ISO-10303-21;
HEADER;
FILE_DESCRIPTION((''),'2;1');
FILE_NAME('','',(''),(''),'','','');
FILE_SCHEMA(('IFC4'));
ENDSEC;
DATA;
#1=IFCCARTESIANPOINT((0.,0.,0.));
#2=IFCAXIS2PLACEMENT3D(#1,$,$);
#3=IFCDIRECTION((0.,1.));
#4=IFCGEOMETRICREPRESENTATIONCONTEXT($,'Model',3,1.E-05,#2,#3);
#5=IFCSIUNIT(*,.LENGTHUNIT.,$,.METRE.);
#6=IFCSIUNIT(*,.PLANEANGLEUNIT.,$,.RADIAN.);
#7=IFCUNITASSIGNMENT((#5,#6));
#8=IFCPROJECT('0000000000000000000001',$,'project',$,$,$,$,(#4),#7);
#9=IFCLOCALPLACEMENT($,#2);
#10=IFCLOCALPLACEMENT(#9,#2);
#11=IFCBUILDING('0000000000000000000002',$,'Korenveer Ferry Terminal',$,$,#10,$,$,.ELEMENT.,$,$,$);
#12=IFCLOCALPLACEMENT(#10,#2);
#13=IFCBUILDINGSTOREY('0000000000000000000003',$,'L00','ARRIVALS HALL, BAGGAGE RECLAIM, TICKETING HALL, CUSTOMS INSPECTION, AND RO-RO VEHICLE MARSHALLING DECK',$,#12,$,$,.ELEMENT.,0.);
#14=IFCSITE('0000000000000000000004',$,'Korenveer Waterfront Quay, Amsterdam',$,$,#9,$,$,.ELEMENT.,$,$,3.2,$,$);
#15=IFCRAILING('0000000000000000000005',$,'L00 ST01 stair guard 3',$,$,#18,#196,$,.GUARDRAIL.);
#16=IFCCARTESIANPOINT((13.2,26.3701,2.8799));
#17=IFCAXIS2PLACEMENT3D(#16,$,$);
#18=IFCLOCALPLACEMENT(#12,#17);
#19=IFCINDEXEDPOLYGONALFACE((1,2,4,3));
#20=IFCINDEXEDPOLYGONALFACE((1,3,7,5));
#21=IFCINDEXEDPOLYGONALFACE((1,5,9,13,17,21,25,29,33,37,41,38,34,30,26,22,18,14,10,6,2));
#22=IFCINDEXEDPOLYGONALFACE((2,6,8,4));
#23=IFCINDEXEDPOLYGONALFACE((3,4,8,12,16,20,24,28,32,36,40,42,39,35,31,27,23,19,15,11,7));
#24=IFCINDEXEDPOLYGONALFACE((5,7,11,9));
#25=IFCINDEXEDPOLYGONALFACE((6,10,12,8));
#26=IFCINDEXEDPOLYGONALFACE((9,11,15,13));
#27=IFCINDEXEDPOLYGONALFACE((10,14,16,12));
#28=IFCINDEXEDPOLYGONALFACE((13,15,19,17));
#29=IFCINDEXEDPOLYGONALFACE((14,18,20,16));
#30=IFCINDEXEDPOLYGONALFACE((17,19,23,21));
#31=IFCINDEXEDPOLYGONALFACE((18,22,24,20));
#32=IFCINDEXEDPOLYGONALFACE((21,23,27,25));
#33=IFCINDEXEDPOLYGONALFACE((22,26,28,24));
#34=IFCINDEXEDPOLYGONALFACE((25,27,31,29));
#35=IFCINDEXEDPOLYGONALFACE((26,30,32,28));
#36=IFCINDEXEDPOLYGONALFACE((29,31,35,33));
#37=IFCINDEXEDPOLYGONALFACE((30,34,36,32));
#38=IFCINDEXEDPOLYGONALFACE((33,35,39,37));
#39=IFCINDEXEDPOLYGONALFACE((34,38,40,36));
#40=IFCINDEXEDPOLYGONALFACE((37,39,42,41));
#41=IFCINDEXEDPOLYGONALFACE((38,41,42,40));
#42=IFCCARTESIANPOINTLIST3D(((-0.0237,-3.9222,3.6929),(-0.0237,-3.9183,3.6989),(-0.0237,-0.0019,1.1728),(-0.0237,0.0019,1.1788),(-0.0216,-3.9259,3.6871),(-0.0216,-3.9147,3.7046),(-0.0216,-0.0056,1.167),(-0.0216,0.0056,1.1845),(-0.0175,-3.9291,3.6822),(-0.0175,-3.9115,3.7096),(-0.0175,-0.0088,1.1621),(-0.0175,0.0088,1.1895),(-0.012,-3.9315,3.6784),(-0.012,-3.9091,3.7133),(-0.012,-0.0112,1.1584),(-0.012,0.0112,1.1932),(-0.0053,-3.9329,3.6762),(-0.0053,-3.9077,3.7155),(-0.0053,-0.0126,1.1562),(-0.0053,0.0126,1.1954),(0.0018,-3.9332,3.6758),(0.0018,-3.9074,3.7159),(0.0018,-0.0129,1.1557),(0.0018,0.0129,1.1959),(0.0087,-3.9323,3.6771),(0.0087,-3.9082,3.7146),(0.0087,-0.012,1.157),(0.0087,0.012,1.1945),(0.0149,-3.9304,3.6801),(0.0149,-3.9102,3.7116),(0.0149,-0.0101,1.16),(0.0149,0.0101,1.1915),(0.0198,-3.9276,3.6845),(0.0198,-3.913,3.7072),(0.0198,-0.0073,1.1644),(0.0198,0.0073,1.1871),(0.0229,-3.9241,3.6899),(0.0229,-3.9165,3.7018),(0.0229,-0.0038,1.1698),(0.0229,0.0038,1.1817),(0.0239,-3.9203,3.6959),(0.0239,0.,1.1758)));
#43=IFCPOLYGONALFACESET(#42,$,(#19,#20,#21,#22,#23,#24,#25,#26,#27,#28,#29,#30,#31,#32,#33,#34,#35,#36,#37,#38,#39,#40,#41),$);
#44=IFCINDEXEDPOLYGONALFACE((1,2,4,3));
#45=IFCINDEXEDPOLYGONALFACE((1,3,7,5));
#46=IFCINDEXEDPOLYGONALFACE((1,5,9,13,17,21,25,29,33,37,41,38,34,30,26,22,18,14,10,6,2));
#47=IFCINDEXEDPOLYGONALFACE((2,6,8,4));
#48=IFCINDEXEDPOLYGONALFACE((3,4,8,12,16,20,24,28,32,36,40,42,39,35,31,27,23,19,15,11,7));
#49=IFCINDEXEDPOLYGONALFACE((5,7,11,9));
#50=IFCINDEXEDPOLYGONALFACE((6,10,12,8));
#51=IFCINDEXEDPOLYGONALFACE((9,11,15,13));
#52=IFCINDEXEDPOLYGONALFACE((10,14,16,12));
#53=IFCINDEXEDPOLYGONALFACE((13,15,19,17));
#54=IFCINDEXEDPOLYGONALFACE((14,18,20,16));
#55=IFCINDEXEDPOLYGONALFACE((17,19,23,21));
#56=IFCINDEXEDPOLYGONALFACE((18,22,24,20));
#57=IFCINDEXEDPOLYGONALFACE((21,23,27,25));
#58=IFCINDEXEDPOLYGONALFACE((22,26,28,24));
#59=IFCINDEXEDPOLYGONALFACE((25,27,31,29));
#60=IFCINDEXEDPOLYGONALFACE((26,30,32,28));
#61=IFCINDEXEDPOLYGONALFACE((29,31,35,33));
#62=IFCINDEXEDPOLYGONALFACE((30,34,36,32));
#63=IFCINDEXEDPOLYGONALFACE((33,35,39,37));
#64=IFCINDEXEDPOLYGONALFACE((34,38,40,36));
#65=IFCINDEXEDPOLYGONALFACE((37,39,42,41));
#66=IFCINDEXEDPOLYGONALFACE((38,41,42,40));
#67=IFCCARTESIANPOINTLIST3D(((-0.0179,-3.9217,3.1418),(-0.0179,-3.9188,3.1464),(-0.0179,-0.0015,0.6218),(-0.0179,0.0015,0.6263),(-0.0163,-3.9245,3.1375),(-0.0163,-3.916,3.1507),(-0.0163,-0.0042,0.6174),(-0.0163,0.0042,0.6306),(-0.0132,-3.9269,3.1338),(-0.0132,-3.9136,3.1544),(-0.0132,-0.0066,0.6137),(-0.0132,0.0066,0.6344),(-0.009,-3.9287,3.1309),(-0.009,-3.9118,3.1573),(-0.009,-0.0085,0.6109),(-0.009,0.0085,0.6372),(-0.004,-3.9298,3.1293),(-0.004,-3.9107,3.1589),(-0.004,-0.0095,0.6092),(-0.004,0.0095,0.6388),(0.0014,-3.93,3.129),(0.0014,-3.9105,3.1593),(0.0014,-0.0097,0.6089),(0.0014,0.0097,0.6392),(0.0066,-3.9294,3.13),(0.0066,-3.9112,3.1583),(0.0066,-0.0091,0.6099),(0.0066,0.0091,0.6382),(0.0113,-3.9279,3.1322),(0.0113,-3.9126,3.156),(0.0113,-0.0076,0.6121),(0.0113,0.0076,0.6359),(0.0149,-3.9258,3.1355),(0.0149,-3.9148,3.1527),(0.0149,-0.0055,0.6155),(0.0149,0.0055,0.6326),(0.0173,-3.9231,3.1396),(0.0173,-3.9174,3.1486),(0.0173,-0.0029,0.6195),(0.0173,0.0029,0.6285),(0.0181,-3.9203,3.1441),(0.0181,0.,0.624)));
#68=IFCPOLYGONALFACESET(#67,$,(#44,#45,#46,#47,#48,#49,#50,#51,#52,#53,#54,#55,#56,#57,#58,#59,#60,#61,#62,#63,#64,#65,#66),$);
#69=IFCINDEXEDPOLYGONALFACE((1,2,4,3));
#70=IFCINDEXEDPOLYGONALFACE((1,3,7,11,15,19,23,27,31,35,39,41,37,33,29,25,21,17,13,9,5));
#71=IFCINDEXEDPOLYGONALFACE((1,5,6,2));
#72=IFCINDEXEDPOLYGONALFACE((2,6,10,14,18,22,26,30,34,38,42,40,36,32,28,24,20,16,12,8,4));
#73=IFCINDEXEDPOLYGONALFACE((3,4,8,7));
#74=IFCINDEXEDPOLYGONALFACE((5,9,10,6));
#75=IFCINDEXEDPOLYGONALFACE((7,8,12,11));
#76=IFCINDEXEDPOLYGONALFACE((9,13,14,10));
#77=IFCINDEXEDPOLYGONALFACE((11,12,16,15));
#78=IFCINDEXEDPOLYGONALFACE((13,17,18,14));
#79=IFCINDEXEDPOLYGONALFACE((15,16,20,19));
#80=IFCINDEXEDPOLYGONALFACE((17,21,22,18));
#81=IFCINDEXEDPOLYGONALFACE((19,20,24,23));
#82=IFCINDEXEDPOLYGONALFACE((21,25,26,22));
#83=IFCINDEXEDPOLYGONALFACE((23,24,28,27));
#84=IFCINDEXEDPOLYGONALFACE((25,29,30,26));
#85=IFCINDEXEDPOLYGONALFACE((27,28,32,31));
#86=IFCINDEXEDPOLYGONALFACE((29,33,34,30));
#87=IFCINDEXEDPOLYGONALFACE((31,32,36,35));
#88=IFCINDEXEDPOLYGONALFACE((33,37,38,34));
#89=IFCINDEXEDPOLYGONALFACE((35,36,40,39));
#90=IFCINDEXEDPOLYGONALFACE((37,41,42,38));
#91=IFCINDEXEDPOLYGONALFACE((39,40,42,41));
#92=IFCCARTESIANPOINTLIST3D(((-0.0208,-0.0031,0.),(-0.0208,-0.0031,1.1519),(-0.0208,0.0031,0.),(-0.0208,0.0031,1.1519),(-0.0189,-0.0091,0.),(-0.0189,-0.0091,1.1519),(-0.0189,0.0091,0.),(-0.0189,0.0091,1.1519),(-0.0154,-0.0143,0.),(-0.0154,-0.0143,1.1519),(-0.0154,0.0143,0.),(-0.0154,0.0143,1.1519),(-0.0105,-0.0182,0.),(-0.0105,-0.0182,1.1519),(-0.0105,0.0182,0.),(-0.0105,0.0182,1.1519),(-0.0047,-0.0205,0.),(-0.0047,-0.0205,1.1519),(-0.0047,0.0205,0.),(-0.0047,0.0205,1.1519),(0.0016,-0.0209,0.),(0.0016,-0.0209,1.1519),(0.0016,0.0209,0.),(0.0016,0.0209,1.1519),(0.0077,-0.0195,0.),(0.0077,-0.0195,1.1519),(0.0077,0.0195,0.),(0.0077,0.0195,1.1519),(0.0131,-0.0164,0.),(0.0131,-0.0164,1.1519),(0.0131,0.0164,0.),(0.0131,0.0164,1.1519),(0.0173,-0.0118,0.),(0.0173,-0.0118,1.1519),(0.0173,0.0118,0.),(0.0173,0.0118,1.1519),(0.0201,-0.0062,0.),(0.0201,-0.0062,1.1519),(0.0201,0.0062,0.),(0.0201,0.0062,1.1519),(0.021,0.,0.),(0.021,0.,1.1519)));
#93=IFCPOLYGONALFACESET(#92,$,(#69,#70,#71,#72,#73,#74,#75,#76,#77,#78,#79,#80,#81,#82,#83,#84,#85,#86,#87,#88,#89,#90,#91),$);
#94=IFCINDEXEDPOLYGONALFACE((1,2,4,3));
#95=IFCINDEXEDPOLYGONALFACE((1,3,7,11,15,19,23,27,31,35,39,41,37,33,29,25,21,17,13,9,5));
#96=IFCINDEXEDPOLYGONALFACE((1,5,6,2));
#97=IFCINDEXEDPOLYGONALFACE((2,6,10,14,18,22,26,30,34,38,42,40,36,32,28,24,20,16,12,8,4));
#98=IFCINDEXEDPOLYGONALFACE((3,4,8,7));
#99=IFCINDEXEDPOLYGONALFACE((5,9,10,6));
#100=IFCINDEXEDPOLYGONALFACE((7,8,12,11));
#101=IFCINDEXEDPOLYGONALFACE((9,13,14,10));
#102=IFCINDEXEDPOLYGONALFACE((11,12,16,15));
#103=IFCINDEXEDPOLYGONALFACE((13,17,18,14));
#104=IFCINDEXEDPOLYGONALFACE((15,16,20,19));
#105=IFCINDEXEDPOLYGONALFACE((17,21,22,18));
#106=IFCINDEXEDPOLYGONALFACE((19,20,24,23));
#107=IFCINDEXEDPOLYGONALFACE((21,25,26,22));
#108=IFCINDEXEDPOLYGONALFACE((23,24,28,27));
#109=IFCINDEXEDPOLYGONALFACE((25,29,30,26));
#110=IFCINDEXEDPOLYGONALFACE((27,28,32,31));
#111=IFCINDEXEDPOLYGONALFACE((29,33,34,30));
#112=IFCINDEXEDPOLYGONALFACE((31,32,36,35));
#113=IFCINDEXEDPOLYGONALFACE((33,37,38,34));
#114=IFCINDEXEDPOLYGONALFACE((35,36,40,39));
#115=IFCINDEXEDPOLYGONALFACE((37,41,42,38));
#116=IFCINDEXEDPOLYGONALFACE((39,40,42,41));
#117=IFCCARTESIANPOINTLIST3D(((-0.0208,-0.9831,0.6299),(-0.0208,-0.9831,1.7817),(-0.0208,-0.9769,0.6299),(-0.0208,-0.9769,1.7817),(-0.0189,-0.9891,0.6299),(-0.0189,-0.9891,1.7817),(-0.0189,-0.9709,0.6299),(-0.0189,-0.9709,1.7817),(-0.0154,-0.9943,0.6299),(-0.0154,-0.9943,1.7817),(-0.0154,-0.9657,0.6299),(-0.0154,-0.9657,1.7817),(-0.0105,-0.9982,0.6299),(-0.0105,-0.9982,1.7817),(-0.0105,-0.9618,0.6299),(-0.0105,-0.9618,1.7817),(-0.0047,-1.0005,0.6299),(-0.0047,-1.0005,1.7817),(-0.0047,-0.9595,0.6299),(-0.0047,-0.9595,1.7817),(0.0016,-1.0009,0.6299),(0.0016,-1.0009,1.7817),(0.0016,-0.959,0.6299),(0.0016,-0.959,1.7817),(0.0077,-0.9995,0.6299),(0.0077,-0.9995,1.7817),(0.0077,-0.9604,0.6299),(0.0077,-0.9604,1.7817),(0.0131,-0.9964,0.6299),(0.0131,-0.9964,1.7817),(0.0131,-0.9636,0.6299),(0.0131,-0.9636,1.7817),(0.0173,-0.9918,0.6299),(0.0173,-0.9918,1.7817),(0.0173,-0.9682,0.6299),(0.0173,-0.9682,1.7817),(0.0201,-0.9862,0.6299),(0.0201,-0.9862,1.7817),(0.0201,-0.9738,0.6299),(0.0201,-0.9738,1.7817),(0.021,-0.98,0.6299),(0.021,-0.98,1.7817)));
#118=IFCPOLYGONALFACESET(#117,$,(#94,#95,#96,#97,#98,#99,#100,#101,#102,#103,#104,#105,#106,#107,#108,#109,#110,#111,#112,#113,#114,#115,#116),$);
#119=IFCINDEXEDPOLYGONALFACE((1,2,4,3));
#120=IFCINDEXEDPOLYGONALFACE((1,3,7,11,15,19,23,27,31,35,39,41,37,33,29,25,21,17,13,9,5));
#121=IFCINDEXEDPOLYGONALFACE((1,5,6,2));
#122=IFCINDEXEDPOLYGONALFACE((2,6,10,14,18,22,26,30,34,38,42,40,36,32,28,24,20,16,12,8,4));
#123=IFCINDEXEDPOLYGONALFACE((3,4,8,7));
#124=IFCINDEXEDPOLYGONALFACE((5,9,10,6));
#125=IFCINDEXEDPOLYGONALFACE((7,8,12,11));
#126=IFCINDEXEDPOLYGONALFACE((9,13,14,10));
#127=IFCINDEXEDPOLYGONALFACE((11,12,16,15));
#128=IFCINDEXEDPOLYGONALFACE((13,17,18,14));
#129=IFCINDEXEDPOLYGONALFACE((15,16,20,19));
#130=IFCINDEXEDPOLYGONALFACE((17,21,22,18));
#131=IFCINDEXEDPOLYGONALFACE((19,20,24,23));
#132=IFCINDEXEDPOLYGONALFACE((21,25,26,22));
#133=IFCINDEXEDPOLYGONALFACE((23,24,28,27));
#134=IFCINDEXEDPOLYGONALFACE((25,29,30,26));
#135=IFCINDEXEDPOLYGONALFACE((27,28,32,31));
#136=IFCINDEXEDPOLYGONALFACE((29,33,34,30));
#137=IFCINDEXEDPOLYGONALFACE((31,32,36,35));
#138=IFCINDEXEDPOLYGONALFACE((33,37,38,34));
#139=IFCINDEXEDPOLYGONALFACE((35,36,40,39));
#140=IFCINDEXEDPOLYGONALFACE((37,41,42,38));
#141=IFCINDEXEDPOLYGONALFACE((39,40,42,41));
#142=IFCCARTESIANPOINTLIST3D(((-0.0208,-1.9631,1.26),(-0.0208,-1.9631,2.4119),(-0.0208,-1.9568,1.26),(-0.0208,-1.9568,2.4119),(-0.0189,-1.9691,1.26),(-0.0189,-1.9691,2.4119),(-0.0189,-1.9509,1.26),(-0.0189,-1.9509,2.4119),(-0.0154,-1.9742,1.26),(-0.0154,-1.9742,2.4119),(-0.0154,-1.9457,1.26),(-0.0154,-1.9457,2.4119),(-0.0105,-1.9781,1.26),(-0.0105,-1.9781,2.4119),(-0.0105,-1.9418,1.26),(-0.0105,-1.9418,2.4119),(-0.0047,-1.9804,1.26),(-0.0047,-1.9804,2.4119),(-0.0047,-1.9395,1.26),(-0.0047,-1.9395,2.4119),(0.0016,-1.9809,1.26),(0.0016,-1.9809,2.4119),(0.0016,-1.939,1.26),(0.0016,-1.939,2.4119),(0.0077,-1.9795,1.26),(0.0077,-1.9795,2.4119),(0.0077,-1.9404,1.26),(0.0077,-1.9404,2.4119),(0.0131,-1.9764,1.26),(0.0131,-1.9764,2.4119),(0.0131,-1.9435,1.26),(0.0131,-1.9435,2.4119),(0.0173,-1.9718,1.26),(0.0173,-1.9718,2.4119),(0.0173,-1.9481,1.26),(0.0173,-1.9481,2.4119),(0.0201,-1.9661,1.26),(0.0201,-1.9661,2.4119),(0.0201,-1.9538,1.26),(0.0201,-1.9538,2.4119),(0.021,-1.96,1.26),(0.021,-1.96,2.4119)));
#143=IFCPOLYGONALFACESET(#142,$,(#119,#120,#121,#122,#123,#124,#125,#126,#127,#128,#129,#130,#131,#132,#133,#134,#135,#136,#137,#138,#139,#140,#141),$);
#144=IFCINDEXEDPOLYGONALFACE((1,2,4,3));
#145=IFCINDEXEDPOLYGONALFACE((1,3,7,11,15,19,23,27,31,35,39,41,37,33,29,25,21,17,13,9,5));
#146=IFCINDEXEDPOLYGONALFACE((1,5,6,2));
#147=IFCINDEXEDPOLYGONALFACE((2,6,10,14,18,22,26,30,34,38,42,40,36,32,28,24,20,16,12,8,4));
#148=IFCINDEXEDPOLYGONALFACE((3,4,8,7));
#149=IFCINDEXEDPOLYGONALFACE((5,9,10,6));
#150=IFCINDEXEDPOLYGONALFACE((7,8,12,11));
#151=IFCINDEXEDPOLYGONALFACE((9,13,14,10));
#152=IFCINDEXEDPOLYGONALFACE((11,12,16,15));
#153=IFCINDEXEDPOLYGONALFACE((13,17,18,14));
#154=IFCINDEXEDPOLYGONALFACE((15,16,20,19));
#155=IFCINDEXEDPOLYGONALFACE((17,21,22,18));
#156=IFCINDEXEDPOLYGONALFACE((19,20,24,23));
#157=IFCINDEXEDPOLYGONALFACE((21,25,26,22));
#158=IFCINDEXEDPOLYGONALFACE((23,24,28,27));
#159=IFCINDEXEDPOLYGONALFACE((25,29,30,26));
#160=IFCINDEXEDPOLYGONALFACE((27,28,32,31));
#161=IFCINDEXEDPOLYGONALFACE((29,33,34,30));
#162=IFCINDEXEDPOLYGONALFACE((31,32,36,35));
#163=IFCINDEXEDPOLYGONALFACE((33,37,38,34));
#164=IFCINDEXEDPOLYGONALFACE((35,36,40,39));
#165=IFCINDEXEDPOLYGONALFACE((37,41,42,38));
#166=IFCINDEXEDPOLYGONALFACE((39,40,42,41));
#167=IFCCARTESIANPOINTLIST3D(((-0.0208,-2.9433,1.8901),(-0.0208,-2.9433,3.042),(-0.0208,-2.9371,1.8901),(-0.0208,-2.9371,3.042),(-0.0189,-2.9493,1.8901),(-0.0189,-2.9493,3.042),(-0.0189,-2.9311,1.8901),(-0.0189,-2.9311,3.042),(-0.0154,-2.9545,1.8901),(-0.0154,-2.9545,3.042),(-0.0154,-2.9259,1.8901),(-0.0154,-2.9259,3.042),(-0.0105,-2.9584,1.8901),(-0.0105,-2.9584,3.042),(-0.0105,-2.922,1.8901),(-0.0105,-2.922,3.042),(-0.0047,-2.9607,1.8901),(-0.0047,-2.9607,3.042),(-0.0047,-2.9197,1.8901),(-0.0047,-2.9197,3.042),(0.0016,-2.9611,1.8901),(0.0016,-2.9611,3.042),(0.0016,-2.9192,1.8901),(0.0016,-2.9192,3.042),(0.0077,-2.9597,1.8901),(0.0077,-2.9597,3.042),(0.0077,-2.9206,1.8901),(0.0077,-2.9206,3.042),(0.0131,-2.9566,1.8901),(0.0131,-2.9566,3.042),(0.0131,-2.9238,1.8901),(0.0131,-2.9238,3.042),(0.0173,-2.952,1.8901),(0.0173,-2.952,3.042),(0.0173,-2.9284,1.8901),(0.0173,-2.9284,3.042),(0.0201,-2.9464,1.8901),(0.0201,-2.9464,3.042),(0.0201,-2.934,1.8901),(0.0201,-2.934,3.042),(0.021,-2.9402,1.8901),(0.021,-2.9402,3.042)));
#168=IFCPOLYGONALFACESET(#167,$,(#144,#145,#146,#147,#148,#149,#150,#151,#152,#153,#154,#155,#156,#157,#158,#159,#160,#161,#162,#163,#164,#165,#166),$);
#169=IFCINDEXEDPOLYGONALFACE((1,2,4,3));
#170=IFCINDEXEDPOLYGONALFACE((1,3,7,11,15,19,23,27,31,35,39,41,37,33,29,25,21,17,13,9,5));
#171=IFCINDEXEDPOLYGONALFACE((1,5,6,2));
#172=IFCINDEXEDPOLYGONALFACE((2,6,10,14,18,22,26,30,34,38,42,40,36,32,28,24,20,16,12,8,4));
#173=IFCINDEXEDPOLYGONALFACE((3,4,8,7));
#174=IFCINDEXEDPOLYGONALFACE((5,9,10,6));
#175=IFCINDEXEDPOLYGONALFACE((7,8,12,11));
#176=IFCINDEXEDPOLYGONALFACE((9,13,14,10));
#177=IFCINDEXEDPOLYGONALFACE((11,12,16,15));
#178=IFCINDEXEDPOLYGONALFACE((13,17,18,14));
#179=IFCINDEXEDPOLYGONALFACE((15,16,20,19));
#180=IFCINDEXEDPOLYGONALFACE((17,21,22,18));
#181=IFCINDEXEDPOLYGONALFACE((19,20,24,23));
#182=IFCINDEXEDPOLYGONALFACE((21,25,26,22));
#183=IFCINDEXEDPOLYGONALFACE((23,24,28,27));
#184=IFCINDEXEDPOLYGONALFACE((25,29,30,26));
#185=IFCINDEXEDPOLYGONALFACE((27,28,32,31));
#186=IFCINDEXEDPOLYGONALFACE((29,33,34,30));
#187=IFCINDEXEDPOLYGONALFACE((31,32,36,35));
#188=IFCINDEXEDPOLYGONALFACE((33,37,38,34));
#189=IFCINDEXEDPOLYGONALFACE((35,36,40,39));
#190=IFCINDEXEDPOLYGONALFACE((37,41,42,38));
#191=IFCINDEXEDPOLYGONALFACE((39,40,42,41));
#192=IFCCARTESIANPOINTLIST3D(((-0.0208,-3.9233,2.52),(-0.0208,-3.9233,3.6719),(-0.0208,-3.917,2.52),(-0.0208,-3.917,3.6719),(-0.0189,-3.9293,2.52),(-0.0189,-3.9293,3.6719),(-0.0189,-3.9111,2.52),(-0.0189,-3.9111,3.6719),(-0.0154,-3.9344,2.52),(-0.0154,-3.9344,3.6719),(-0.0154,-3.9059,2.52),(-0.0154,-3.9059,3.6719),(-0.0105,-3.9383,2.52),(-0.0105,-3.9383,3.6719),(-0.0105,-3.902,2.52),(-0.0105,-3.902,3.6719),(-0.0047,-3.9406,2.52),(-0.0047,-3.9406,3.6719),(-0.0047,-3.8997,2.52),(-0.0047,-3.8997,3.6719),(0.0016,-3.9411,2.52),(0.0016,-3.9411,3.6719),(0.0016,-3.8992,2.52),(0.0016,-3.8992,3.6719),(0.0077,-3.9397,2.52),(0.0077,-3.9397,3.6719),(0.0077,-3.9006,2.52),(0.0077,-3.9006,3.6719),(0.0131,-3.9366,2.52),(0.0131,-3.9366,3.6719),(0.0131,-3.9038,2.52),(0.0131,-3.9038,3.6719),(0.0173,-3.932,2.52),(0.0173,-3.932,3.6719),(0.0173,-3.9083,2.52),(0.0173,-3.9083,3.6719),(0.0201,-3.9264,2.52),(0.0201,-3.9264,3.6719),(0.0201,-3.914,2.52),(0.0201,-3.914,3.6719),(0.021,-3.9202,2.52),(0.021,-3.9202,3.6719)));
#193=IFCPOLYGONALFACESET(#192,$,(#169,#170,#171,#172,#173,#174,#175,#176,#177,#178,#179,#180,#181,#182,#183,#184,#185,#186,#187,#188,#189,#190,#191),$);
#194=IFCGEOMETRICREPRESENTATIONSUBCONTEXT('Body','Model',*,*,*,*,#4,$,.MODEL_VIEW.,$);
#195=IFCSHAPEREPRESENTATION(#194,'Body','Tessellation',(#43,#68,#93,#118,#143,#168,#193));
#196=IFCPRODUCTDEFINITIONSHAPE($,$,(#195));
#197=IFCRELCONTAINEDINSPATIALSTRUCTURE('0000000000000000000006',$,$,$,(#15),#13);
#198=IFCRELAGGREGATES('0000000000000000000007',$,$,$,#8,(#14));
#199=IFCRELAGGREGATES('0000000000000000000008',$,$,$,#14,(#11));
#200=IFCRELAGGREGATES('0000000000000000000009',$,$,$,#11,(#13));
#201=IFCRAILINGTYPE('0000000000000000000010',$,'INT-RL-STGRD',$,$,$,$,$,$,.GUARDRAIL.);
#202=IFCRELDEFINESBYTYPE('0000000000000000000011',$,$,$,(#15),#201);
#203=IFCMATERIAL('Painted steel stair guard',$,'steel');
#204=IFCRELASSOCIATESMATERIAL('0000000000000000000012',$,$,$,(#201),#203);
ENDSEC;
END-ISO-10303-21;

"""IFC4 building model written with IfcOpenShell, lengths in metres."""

from ifc_helpers import new_model, si_unit, direction, frame, origin, origin_2d, place, context, subcontext, project, spatial, circle, extrude, material, type_object, element, save


model = new_model("IFC4")

# Units and contexts
model_context = context("Model", 3, precision=1e-05, world=origin(), true_north=direction((0.0, 1.0)))
body_context = subcontext(model_context, "Body", "Model", "MODEL_VIEW")
ifc_project = project(units=[si_unit("LENGTHUNIT", "METRE"), si_unit("PLANEANGLEUNIT", "RADIAN")], contexts=[model_context])

# Site, building, storey
site_placement = place(None, origin())
site = spatial("IfcSite", under=ifc_project, at=site_placement, Name="Korenveer Waterfront Quay, Amsterdam", CompositionType="ELEMENT", RefElevation=3.2)
building_placement = place(site_placement, origin())
building = spatial("IfcBuilding", under=site, at=building_placement, Name="Korenveer Ferry Terminal", CompositionType="ELEMENT")
storey_placement = place(building_placement, origin())
storey = spatial("IfcBuildingStorey", under=building, at=storey_placement, Name="L00", Description="ARRIVALS HALL, BAGGAGE RECLAIM, TICKETING HALL, CUSTOMS INSPECTION, AND RO-RO VEHICLE MARSHALLING DECK", CompositionType="ELEMENT", Elevation=0.0)

# Railing
ifc_material_1 = material(Name="Painted steel stair guard", Category="steel")
railing_type_1 = type_object("IfcRailingType", Name="INT-RL-STGRD", PredefinedType="GUARDRAIL", material=ifc_material_1)
railing_1_placement = place(storey_placement, frame((13.2, 26.3701, 2.8799)))
element("IfcRailing", 1, at=railing_1_placement, inside=storey, type_object=railing_type_1, Name="L00 ST01 stair guard 3", PredefinedType="GUARDRAIL", context=body_context, shape_type="SweptSolid", body=[
    extrude(circle(Radius=0.0239, at=origin_2d()), frame((0.0, 0.0, 1.1758), z_axis=(0.0, -0.841187, 0.540744), x_axis=(1.0, 0.0, 0.0)), (0.0, 0.0, 1.0), 4.6604),
    extrude(circle(Radius=0.0181, at=origin_2d()), frame((0.0, 0.0, 0.624), z_axis=(0.0, -0.841187, 0.540744), x_axis=(1.0, 0.0, 0.0)), (0.0, 0.0, 1.0), 4.6604),
    extrude(circle(Radius=0.021, at=origin_2d()), origin(), (0.0, 0.0, 1.0), 1.1519),
    extrude(circle(Radius=0.021, at=origin_2d()), frame((0.0, -0.98, 0.6299)), (0.0, 0.0, 1.0), 1.1519),
    extrude(circle(Radius=0.021, at=origin_2d()), frame((0.0, -1.96, 1.26)), (0.0, 0.0, 1.0), 1.1519),
    extrude(circle(Radius=0.021, at=origin_2d()), frame((0.0, -2.9402, 1.8901)), (0.0, 0.0, 1.0), 1.1519),
    extrude(circle(Radius=0.021, at=origin_2d()), frame((0.0, -3.9202, 2.52)), (0.0, 0.0, 1.0), 1.1519),
])

save(model, "model.ifc")
